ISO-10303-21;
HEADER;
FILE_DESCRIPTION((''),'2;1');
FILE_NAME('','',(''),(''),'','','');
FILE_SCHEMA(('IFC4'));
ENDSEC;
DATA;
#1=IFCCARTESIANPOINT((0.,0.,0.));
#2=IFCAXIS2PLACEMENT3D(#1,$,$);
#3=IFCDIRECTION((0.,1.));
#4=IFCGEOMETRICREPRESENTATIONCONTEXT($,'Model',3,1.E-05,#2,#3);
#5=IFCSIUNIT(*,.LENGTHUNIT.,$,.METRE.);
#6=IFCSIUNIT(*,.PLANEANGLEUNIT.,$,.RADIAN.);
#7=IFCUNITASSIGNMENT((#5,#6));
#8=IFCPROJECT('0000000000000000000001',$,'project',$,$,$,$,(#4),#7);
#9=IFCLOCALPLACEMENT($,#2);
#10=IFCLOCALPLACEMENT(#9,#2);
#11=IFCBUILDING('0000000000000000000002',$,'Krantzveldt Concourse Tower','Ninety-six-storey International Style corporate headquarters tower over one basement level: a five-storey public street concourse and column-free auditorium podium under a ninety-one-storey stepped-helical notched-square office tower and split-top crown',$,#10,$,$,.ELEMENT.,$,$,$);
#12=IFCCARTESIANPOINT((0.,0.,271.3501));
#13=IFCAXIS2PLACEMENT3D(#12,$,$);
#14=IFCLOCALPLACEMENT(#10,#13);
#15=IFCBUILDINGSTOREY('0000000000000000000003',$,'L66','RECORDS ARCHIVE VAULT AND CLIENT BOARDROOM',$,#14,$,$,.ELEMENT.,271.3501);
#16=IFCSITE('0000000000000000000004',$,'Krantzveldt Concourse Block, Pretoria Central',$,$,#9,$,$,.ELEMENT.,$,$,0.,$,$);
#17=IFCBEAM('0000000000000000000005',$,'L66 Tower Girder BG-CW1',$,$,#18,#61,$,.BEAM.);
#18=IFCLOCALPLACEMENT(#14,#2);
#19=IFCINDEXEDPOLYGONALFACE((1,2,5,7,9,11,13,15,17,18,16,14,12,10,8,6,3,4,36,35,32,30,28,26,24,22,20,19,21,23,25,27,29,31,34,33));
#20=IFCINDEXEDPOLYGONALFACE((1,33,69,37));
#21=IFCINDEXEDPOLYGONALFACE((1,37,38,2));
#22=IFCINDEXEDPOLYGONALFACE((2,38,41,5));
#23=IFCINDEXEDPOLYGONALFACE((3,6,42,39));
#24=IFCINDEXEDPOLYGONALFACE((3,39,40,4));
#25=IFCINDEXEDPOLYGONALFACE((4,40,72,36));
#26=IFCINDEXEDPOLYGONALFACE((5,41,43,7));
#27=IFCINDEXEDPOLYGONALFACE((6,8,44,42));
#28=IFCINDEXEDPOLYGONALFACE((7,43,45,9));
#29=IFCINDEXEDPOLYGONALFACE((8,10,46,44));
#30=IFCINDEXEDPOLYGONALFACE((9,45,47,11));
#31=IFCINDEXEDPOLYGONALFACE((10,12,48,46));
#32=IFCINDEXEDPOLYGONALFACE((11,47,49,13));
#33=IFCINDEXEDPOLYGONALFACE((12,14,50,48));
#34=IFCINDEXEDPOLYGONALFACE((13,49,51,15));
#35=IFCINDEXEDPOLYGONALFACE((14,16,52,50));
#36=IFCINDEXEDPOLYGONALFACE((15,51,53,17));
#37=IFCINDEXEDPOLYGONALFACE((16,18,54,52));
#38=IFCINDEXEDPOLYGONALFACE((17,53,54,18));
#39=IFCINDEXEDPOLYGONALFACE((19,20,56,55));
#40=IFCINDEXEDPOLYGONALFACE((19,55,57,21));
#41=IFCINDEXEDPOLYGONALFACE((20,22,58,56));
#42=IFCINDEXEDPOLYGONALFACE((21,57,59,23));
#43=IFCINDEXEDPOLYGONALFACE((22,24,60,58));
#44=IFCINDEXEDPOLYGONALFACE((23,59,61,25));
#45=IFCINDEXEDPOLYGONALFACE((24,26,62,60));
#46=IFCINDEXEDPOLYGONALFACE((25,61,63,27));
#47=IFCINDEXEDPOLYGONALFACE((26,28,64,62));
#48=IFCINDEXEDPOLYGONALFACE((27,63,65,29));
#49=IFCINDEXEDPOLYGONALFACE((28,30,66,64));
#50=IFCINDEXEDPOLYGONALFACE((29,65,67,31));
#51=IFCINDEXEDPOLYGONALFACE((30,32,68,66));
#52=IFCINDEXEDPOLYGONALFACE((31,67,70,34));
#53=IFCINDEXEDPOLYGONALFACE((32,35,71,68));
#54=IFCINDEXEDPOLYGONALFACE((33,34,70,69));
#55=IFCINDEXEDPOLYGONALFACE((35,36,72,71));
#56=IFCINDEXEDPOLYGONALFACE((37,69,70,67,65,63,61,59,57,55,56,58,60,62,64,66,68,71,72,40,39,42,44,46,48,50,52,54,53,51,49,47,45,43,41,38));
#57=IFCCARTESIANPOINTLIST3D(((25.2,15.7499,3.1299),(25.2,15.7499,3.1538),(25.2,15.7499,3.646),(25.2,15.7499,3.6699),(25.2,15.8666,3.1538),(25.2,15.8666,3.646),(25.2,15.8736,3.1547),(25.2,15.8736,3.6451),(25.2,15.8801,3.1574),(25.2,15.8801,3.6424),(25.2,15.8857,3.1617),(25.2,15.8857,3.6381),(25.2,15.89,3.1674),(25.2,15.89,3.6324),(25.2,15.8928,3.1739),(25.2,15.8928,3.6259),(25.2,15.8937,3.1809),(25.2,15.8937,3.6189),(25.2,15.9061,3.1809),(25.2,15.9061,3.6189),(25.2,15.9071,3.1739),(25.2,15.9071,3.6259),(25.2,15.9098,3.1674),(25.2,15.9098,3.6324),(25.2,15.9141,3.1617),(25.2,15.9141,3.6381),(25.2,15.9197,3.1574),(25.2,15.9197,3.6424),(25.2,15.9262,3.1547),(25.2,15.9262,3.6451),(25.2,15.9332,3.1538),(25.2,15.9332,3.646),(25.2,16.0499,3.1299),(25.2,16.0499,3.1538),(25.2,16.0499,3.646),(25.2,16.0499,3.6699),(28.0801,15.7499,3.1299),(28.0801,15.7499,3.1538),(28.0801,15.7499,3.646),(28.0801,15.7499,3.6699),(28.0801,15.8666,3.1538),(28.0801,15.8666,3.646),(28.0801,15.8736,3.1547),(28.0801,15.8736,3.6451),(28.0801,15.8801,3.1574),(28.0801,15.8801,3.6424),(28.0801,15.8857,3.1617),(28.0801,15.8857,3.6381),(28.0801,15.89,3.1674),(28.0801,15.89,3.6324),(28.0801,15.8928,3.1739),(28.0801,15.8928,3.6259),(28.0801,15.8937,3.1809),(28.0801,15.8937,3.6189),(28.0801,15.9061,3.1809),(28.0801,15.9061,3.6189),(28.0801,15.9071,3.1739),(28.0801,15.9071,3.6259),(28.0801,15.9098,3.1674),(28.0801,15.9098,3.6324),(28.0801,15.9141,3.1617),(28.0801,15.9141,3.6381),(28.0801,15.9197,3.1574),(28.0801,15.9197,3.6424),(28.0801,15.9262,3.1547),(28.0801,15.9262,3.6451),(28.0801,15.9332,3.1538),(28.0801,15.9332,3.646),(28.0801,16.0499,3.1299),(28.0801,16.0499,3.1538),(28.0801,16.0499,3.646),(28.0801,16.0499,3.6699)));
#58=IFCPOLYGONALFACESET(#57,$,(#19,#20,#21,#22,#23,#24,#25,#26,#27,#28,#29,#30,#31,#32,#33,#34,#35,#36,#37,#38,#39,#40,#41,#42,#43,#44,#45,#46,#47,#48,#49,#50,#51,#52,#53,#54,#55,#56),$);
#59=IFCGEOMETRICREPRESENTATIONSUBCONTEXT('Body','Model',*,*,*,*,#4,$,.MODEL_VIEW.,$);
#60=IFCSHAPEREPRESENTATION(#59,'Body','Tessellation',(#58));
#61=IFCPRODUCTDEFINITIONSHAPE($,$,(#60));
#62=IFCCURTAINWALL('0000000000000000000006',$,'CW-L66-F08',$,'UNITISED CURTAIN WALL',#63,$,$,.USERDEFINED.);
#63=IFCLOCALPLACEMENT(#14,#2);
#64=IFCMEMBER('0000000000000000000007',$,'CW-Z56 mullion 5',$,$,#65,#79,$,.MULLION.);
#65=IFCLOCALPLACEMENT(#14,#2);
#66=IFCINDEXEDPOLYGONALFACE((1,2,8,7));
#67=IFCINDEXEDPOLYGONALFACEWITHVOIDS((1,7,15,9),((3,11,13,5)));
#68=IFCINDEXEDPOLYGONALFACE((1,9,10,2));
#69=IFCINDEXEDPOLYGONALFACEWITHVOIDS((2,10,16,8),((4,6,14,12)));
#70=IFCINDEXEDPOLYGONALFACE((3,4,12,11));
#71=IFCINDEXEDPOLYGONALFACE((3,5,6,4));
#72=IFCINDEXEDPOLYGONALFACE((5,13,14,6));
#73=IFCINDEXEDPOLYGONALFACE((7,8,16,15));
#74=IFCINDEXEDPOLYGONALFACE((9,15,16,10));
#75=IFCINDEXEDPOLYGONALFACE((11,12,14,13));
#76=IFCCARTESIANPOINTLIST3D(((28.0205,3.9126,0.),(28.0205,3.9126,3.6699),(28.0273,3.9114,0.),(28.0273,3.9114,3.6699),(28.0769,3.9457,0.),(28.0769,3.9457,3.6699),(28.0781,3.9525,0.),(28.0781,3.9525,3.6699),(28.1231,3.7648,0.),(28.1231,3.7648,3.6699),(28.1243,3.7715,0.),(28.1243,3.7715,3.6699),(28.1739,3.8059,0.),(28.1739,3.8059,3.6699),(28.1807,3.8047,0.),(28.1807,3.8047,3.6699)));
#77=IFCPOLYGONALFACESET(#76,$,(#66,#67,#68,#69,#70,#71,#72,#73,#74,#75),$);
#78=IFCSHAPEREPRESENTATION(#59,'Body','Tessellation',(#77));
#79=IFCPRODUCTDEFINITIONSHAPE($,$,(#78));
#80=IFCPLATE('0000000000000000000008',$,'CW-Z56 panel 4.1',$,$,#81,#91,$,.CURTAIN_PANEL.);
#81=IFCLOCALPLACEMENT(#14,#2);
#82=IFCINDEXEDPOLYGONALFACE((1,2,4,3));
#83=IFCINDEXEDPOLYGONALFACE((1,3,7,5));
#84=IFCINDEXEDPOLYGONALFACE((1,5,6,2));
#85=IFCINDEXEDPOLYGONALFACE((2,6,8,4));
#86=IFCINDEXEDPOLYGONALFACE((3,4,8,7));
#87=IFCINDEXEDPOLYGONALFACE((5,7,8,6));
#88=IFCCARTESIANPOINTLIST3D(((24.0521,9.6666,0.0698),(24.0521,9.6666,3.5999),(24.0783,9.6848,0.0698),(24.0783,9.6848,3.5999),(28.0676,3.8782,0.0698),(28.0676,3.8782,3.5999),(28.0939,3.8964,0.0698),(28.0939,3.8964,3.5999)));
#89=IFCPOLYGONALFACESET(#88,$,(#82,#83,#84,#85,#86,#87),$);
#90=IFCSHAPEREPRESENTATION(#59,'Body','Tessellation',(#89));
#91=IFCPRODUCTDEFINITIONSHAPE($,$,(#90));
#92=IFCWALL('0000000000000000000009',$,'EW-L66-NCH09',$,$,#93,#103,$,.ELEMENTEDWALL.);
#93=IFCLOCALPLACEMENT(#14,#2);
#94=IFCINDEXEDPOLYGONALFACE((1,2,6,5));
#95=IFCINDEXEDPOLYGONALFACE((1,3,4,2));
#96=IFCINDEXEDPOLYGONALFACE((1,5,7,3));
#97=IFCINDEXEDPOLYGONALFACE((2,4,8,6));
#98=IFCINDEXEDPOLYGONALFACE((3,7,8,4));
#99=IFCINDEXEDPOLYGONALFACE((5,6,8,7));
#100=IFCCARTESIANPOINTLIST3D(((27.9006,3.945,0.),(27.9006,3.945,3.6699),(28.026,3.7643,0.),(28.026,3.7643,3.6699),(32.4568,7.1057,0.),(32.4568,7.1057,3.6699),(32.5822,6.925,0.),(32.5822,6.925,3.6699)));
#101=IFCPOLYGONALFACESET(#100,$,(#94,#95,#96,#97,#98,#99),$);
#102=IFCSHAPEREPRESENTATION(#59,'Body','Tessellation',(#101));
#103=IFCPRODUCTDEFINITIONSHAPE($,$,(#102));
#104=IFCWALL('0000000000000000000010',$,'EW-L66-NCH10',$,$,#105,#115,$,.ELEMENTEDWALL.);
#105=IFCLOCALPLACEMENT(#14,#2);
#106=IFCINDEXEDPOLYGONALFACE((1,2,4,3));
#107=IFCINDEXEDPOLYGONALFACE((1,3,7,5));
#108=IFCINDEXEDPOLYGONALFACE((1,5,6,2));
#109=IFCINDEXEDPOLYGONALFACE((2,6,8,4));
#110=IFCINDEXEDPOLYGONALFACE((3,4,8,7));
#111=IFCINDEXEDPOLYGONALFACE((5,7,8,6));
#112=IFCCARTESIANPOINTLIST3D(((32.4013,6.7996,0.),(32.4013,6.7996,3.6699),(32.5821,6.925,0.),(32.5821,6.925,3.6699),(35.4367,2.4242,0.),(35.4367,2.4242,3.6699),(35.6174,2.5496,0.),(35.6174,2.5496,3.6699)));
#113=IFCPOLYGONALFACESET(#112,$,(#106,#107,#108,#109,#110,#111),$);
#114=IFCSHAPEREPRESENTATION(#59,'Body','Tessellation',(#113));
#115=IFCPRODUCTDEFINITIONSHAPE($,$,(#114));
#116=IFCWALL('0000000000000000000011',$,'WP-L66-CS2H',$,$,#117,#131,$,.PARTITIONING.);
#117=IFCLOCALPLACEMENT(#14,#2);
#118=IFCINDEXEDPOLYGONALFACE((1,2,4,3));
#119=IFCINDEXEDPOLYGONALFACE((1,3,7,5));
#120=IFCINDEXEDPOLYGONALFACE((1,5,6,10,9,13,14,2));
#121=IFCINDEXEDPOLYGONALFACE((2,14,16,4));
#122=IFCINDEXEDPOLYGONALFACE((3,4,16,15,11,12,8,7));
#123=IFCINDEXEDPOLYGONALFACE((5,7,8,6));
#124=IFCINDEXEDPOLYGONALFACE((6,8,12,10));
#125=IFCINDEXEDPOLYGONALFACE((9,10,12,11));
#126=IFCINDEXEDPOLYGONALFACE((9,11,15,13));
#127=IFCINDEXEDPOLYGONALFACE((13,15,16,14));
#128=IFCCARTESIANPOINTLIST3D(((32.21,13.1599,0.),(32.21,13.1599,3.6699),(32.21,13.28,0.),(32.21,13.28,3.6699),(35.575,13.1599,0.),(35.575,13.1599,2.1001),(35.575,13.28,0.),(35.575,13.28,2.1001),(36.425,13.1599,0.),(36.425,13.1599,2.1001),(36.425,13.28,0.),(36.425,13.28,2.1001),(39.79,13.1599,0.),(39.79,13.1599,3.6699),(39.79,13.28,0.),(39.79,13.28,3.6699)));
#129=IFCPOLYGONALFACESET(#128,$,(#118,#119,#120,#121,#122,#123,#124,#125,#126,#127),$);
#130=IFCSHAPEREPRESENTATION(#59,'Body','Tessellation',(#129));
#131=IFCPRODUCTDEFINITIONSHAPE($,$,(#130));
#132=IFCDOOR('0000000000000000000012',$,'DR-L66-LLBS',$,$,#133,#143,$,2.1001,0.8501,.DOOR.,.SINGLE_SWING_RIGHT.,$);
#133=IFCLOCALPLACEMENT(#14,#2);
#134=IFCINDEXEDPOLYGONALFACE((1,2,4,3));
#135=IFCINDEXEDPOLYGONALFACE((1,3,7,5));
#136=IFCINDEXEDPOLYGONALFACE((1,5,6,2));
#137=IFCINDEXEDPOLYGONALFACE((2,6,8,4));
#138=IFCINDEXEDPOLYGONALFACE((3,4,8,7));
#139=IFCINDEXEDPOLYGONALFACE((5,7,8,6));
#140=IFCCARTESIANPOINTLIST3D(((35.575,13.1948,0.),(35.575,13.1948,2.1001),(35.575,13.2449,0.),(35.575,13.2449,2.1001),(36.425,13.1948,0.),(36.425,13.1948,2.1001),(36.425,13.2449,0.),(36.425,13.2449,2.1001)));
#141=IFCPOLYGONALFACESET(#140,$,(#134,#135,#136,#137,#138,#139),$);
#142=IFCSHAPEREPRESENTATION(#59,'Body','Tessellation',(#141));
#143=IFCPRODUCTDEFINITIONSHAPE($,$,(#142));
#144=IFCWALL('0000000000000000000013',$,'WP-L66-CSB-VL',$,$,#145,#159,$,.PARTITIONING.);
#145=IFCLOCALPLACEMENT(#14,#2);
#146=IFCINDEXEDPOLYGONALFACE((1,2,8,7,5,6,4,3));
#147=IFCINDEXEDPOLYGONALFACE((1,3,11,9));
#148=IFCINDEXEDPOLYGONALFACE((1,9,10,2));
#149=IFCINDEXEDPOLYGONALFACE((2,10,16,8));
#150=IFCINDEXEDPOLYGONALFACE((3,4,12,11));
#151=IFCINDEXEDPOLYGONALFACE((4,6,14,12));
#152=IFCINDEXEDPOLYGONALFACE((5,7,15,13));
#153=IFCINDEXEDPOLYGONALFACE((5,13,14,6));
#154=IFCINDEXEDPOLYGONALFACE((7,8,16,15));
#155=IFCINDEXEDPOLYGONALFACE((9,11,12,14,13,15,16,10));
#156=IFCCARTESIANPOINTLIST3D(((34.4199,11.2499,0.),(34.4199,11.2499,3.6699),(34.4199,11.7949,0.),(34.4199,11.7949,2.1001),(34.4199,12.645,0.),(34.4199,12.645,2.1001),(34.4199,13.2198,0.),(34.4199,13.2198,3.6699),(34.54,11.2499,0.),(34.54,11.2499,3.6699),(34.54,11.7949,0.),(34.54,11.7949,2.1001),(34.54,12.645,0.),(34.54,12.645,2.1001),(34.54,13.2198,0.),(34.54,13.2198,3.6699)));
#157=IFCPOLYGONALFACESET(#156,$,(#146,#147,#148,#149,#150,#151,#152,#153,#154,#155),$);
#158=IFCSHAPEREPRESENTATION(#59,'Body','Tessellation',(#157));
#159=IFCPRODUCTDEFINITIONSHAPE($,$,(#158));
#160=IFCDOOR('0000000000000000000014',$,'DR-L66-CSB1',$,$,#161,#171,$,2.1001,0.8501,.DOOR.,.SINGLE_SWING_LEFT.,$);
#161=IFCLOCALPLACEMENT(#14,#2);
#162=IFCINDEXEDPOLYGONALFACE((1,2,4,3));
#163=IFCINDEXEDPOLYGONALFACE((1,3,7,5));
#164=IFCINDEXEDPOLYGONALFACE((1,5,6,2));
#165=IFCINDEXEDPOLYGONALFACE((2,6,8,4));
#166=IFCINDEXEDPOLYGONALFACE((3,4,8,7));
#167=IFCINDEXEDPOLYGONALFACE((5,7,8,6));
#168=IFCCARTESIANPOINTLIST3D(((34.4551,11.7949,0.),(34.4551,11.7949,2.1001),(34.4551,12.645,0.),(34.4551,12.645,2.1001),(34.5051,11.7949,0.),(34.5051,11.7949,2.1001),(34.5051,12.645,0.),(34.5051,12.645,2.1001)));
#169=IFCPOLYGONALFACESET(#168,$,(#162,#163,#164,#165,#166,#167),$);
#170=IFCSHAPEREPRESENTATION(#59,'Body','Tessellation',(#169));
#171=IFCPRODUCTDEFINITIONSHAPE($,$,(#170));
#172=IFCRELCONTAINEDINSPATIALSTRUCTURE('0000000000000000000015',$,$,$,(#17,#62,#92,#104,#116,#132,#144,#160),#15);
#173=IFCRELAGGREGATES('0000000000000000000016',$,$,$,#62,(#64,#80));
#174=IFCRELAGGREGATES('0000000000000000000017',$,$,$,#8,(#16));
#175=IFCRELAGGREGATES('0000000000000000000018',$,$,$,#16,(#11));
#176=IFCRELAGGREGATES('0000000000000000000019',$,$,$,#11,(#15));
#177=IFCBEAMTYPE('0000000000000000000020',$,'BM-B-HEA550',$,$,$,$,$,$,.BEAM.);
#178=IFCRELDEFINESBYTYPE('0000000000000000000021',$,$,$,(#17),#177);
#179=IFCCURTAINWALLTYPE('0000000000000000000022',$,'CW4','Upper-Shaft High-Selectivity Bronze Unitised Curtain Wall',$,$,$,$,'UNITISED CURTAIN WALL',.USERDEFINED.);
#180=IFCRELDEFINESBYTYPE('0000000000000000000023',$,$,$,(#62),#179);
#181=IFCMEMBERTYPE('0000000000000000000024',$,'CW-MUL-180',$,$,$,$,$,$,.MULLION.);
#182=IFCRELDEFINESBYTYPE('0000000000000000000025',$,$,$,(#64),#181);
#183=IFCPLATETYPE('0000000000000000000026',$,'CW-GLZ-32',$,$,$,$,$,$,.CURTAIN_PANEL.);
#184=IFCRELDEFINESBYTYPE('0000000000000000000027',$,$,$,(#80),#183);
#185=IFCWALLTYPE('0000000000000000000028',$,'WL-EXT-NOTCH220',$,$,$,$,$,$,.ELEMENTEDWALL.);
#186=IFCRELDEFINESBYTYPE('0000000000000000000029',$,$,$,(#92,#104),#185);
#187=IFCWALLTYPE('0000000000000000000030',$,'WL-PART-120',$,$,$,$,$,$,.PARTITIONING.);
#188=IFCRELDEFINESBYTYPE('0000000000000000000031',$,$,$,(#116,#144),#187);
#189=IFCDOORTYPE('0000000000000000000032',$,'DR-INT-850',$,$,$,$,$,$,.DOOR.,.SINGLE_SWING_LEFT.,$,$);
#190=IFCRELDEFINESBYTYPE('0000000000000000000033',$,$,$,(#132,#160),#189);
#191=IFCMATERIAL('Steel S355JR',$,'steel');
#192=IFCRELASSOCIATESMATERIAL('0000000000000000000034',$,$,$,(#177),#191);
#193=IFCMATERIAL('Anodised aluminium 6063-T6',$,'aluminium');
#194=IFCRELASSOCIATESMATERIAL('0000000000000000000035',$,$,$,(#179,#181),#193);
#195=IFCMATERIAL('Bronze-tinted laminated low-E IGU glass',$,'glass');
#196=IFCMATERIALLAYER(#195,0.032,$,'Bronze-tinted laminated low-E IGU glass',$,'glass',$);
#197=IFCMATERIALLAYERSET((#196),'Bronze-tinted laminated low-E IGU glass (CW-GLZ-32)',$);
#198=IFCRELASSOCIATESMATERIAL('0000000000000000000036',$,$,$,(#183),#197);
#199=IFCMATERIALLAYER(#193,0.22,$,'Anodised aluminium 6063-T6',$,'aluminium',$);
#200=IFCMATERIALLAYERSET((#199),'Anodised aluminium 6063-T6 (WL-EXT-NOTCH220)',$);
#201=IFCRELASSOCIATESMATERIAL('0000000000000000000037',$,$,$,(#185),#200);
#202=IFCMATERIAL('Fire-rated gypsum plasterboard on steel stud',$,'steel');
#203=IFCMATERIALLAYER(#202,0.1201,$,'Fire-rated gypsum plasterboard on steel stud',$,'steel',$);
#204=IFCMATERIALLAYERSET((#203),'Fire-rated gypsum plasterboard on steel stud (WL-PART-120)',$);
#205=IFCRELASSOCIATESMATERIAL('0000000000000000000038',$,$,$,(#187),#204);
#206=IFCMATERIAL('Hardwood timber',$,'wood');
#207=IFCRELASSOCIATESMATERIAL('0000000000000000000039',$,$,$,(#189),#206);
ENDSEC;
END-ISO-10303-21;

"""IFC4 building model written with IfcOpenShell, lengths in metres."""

from ifc_helpers import new_model, si_unit, direction, frame, frame_2d, origin, origin_2d, place, context, subcontext, project, spatial, rectangle, hollow_rectangle, i_section, extrude, source, transform, mapped, material, layer, layer_set, material_profile, profile_set, type_object, type_shapes, element, fill, aggregate, save


model = new_model("IFC4")

# Units and contexts
model_context = context("Model", 3, precision=1e-05, world=origin(), true_north=direction((0.0, 1.0)))
body_context = subcontext(model_context, "Body", "Model", "MODEL_VIEW")
ifc_project = project(units=[si_unit("LENGTHUNIT", "METRE"), si_unit("PLANEANGLEUNIT", "RADIAN")], contexts=[model_context])

# Site, building, storey
site_placement = place(None, origin())
site = spatial("IfcSite", under=ifc_project, at=site_placement, Name="Krantzveldt Concourse Block, Pretoria Central", CompositionType="ELEMENT", RefElevation=0.0)
building_placement = place(site_placement, origin())
building = spatial("IfcBuilding", under=site, at=building_placement, Name="Krantzveldt Concourse Tower", Description="Ninety-six-storey International Style corporate headquarters tower over one basement level: a five-storey public street concourse and column-free auditorium podium under a ninety-one-storey stepped-helical notched-square office tower and split-top crown", CompositionType="ELEMENT")
storey_placement = place(building_placement, frame((0.0, 0.0, 271.3501)))
storey = spatial("IfcBuildingStorey", under=building, at=storey_placement, Name="L66", Description="RECORDS ARCHIVE VAULT AND CLIENT BOARDROOM", CompositionType="ELEMENT", Elevation=271.3501)

# Beam
ifc_material_1 = material(Name="Steel S355JR", Category="steel")
ifc_material_profile_1 = material_profile(ifc_material_1, i_section(OverallWidth=0.3, OverallDepth=0.54, WebThickness=0.0125, FlangeThickness=0.0239, FilletRadius=0.0271, at=origin_2d()), Name="Steel S355JR", Category="steel")
ifc_profile_set_1 = profile_set([ifc_material_profile_1], Name="Steel S355JR - HEA 550")
beam_type = type_object("IfcBeamType", Name="BM-B-HEA550", PredefinedType="BEAM", material=ifc_profile_set_1)
shared_shape_1 = source(origin(), body_context, "Body", "SweptSolid", [
    extrude(i_section(OverallWidth=0.3, OverallDepth=0.54, WebThickness=0.0125, FlangeThickness=0.0239, FilletRadius=0.0271, at=origin_2d()), origin(), (0.0, 0.0, 1.0), 2.8801),
])
type_shapes(beam_type, [shared_shape_1])
beam_placement = place(storey_placement, frame((25.2, 15.8999, 3.3999), z_axis=(1.0, 0.0, 0.0), x_axis=(0.0, 1.0, 0.0)))
element("IfcBeam", 1, at=beam_placement, inside=storey, type_object=beam_type, Name="L66 Tower Girder BG-CW1", PredefinedType="BEAM", context=body_context, shape_type="MappedRepresentation", body=[
    mapped(shared_shape_1, transform((0.0, 0.0, 0.0), x_axis=(1.0, 0.0, 0.0), y_axis=(0.0, 1.0, 0.0), z_axis=(0.0, 0.0, 1.0), scale=1.0)),
])

# Curtain wall, member, plate
ifc_material_2 = material(Name="Anodised aluminium 6063-T6", Category="aluminium")
curtain_wall_type = type_object("IfcCurtainWallType", Name="CW4", Description="Upper-Shaft High-Selectivity Bronze Unitised Curtain Wall", ElementType="UNITISED CURTAIN WALL", PredefinedType="USERDEFINED", material=ifc_material_2)
curtain_wall_placement = place(storey_placement, origin())
curtain_wall = element("IfcCurtainWall", 2, at=curtain_wall_placement, inside=storey, type_object=curtain_wall_type, Name="CW-L66-F08", ObjectType="UNITISED CURTAIN WALL", PredefinedType="USERDEFINED")
ifc_material_profile_2 = material_profile(ifc_material_2, hollow_rectangle(XDim=0.0701, YDim=0.1799, WallThickness=0.0049, at=origin_2d()), Name="Anodised aluminium 6063-T6", Category="aluminium")
ifc_profile_set_2 = profile_set([ifc_material_profile_2], Name="Anodised aluminium 6063-T6 - ALU-MULL 180x70x5")
member_type = type_object("IfcMemberType", Name="CW-MUL-180", PredefinedType="MULLION", material=ifc_profile_set_2)
shared_shape_2 = source(origin(), body_context, "Body", "SweptSolid", [
    extrude(hollow_rectangle(XDim=0.0701, YDim=0.1799, WallThickness=0.0049, at=origin_2d()), origin(), (0.0, 0.0, 1.0), 3.6699),
])
type_shapes(member_type, [shared_shape_2])
member_placement = place(storey_placement, frame((28.1006, 3.8586, 0.0), z_axis=(0.0, 0.0, 1.0), x_axis=(0.821647, 0.569997, 0.0)))
member = element("IfcMember", 3, at=member_placement, type_object=member_type, Name="CW-Z56 mullion 5", PredefinedType="MULLION", context=body_context, shape_type="MappedRepresentation", body=[
    mapped(shared_shape_2, transform((0.0, 0.0, 0.0), x_axis=(1.0, 0.0, 0.0), y_axis=(0.0, 1.0, 0.0), z_axis=(0.0, 0.0, 1.0), scale=1.0)),
])
ifc_material_3 = material(Name="Bronze-tinted laminated low-E IGU glass", Category="glass")
ifc_layer_1 = layer(ifc_material_3, 0.032, Name="Bronze-tinted laminated low-E IGU glass", Category="glass")
ifc_layer_set_1 = layer_set([ifc_layer_1], Name="Bronze-tinted laminated low-E IGU glass (CW-GLZ-32)")
plate_type = type_object("IfcPlateType", Name="CW-GLZ-32", PredefinedType="CURTAIN_PANEL", material=ifc_layer_set_1)
shared_shape_3 = source(origin(), body_context, "Body", "SweptSolid", [
    extrude(rectangle(XDim=7.0449, YDim=0.032, at=origin_2d()), origin(), (0.0, 0.0, 1.0), 3.53),
])
type_shapes(plate_type, [shared_shape_3])
plate_placement = place(storey_placement, frame((26.073, 6.7815, 0.0698), z_axis=(0.0, 0.0, 1.0), x_axis=(0.569997, -0.821647, 0.0)))
plate = element("IfcPlate", 4, at=plate_placement, type_object=plate_type, Name="CW-Z56 panel 4.1", PredefinedType="CURTAIN_PANEL", context=body_context, shape_type="MappedRepresentation", body=[
    mapped(shared_shape_3, transform((0.0, 0.0, 0.0), x_axis=(1.0, 0.0, 0.0), y_axis=(0.0, 1.0, 0.0), z_axis=(0.0, 0.0, 1.0), scale=1.0)),
])
aggregate(curtain_wall, [member, plate])

# Walls
ifc_layer_2 = layer(ifc_material_2, 0.22, Name="Anodised aluminium 6063-T6", Category="aluminium")
ifc_layer_set_2 = layer_set([ifc_layer_2], Name="Anodised aluminium 6063-T6 (WL-EXT-NOTCH220)")
wall_type_1 = type_object("IfcWallType", Name="WL-EXT-NOTCH220", PredefinedType="ELEMENTEDWALL", material=ifc_layer_set_2)
wall_1_placement = place(storey_placement, frame((27.9634, 3.8547, 0.0), z_axis=(0.0, 0.0, 1.0), x_axis=(0.821653, 0.569988, 0.0)))
element("IfcWall", 5, at=wall_1_placement, inside=storey, type_object=wall_type_1, Name="EW-L66-NCH09", PredefinedType="ELEMENTEDWALL", context=body_context, shape_type="SweptSolid", body=[
    extrude(rectangle(XDim=5.5452, YDim=0.22, at=frame_2d((2.7725, 0.0))), origin(), (0.0, 0.0, 1.0), 3.6699),
])
wall_2_placement = place(storey_placement, frame((32.4917, 6.8623, 0.0), z_axis=(0.0, 0.0, 1.0), x_axis=(0.569999, -0.821646, 0.0)))
element("IfcWall", 6, at=wall_2_placement, inside=storey, type_object=wall_type_1, Name="EW-L66-NCH10", PredefinedType="ELEMENTEDWALL", context=body_context, shape_type="SweptSolid", body=[
    extrude(rectangle(XDim=5.3252, YDim=0.22, at=frame_2d((2.6626, 0.0))), origin(), (0.0, 0.0, 1.0), 3.6699),
])

# Walls, openings, doors
ifc_material_4 = material(Name="Fire-rated gypsum plasterboard on steel stud", Category="steel")
ifc_layer_3 = layer(ifc_material_4, 0.1201, Name="Fire-rated gypsum plasterboard on steel stud", Category="steel")
ifc_layer_set_3 = layer_set([ifc_layer_3], Name="Fire-rated gypsum plasterboard on steel stud (WL-PART-120)")
wall_type_2 = type_object("IfcWallType", Name="WL-PART-120", PredefinedType="PARTITIONING", material=ifc_layer_set_3)
wall_3_placement = place(storey_placement, frame((32.21, 13.22, 0.0), z_axis=(0.0, 0.0, 1.0), x_axis=(1.0, 0.0, 0.0)))
wall_3 = element("IfcWall", 7, at=wall_3_placement, inside=storey, type_object=wall_type_2, Name="WP-L66-CS2H", PredefinedType="PARTITIONING", context=body_context, shape_type="SweptSolid", body=[
    extrude(rectangle(XDim=7.5801, YDim=0.1201, at=frame_2d((3.79, 0.0))), origin(), (0.0, 0.0, 1.0), 3.6699),
])
opening_1_placement = place(wall_3_placement, frame((3.365, 0.0, 0.0)))
opening_1 = element("IfcOpeningElement", 8, at=opening_1_placement, cuts=wall_3, PredefinedType="OPENING", context=body_context, shape_type="SweptSolid", body=[
    extrude(rectangle(XDim=0.8501, YDim=2.1001, at=frame_2d((0.425, 1.05))), frame((0.0, 0.0701, 0.0), z_axis=(0.0, -1.0, 0.0), x_axis=(1.0, 0.0, 0.0)), (0.0, 0.0, 1.0), 0.1401),
])
ifc_material_5 = material(Name="Hardwood timber", Category="wood")
door_type_1 = type_object("IfcDoorType", Name="DR-INT-850", OperationType="SINGLE_SWING_LEFT", PredefinedType="DOOR", material=ifc_material_5)
door_1_placement = place(opening_1_placement, origin())
door_1 = element("IfcDoor", 9, at=door_1_placement, inside=storey, type_object=door_type_1, Name="DR-L66-LLBS", OperationType="SINGLE_SWING_RIGHT", OverallHeight=2.1001, OverallWidth=0.8501, PredefinedType="DOOR", context=body_context, shape_type="SweptSolid", body=[
    extrude(rectangle(XDim=0.8501, YDim=2.1001, at=frame_2d((0.425, 1.05))), frame((0.0, 0.0249, 0.0), z_axis=(0.0, -1.0, 0.0), x_axis=(1.0, 0.0, 0.0)), (0.0, 0.0, 1.0), 0.05),
])
fill(opening_1, door_1)
wall_4_placement = place(storey_placement, frame((34.48, 11.25, 0.0), z_axis=(0.0, 0.0, 1.0), x_axis=(0.0, 1.0, 0.0)))
wall_4 = element("IfcWall", 10, at=wall_4_placement, inside=storey, type_object=wall_type_2, Name="WP-L66-CSB-VL", PredefinedType="PARTITIONING", context=body_context, shape_type="SweptSolid", body=[
    extrude(rectangle(XDim=1.97, YDim=0.1201, at=frame_2d((0.9849, 0.0))), origin(), (0.0, 0.0, 1.0), 3.6699),
])
opening_2_placement = place(wall_4_placement, frame((0.5449, 0.0, 0.0)))
opening_2 = element("IfcOpeningElement", 11, at=opening_2_placement, cuts=wall_4, PredefinedType="OPENING", context=body_context, shape_type="SweptSolid", body=[
    extrude(rectangle(XDim=0.8501, YDim=2.1001, at=frame_2d((0.425, 1.05))), frame((0.0, 0.0701, 0.0), z_axis=(0.0, -1.0, 0.0), x_axis=(1.0, 0.0, 0.0)), (0.0, 0.0, 1.0), 0.1401),
])
door_2_placement = place(opening_2_placement, origin())
door_2 = element("IfcDoor", 12, at=door_2_placement, inside=storey, type_object=door_type_1, Name="DR-L66-CSB1", OperationType="SINGLE_SWING_LEFT", OverallHeight=2.1001, OverallWidth=0.8501, PredefinedType="DOOR", context=body_context, shape_type="SweptSolid", body=[
    extrude(rectangle(XDim=0.8501, YDim=2.1001, at=frame_2d((0.425, 1.05))), frame((0.0, 0.0249, 0.0), z_axis=(0.0, -1.0, 0.0), x_axis=(1.0, 0.0, 0.0)), (0.0, 0.0, 1.0), 0.05),
])
fill(opening_2, door_2)

save(model, "model.ifc")
